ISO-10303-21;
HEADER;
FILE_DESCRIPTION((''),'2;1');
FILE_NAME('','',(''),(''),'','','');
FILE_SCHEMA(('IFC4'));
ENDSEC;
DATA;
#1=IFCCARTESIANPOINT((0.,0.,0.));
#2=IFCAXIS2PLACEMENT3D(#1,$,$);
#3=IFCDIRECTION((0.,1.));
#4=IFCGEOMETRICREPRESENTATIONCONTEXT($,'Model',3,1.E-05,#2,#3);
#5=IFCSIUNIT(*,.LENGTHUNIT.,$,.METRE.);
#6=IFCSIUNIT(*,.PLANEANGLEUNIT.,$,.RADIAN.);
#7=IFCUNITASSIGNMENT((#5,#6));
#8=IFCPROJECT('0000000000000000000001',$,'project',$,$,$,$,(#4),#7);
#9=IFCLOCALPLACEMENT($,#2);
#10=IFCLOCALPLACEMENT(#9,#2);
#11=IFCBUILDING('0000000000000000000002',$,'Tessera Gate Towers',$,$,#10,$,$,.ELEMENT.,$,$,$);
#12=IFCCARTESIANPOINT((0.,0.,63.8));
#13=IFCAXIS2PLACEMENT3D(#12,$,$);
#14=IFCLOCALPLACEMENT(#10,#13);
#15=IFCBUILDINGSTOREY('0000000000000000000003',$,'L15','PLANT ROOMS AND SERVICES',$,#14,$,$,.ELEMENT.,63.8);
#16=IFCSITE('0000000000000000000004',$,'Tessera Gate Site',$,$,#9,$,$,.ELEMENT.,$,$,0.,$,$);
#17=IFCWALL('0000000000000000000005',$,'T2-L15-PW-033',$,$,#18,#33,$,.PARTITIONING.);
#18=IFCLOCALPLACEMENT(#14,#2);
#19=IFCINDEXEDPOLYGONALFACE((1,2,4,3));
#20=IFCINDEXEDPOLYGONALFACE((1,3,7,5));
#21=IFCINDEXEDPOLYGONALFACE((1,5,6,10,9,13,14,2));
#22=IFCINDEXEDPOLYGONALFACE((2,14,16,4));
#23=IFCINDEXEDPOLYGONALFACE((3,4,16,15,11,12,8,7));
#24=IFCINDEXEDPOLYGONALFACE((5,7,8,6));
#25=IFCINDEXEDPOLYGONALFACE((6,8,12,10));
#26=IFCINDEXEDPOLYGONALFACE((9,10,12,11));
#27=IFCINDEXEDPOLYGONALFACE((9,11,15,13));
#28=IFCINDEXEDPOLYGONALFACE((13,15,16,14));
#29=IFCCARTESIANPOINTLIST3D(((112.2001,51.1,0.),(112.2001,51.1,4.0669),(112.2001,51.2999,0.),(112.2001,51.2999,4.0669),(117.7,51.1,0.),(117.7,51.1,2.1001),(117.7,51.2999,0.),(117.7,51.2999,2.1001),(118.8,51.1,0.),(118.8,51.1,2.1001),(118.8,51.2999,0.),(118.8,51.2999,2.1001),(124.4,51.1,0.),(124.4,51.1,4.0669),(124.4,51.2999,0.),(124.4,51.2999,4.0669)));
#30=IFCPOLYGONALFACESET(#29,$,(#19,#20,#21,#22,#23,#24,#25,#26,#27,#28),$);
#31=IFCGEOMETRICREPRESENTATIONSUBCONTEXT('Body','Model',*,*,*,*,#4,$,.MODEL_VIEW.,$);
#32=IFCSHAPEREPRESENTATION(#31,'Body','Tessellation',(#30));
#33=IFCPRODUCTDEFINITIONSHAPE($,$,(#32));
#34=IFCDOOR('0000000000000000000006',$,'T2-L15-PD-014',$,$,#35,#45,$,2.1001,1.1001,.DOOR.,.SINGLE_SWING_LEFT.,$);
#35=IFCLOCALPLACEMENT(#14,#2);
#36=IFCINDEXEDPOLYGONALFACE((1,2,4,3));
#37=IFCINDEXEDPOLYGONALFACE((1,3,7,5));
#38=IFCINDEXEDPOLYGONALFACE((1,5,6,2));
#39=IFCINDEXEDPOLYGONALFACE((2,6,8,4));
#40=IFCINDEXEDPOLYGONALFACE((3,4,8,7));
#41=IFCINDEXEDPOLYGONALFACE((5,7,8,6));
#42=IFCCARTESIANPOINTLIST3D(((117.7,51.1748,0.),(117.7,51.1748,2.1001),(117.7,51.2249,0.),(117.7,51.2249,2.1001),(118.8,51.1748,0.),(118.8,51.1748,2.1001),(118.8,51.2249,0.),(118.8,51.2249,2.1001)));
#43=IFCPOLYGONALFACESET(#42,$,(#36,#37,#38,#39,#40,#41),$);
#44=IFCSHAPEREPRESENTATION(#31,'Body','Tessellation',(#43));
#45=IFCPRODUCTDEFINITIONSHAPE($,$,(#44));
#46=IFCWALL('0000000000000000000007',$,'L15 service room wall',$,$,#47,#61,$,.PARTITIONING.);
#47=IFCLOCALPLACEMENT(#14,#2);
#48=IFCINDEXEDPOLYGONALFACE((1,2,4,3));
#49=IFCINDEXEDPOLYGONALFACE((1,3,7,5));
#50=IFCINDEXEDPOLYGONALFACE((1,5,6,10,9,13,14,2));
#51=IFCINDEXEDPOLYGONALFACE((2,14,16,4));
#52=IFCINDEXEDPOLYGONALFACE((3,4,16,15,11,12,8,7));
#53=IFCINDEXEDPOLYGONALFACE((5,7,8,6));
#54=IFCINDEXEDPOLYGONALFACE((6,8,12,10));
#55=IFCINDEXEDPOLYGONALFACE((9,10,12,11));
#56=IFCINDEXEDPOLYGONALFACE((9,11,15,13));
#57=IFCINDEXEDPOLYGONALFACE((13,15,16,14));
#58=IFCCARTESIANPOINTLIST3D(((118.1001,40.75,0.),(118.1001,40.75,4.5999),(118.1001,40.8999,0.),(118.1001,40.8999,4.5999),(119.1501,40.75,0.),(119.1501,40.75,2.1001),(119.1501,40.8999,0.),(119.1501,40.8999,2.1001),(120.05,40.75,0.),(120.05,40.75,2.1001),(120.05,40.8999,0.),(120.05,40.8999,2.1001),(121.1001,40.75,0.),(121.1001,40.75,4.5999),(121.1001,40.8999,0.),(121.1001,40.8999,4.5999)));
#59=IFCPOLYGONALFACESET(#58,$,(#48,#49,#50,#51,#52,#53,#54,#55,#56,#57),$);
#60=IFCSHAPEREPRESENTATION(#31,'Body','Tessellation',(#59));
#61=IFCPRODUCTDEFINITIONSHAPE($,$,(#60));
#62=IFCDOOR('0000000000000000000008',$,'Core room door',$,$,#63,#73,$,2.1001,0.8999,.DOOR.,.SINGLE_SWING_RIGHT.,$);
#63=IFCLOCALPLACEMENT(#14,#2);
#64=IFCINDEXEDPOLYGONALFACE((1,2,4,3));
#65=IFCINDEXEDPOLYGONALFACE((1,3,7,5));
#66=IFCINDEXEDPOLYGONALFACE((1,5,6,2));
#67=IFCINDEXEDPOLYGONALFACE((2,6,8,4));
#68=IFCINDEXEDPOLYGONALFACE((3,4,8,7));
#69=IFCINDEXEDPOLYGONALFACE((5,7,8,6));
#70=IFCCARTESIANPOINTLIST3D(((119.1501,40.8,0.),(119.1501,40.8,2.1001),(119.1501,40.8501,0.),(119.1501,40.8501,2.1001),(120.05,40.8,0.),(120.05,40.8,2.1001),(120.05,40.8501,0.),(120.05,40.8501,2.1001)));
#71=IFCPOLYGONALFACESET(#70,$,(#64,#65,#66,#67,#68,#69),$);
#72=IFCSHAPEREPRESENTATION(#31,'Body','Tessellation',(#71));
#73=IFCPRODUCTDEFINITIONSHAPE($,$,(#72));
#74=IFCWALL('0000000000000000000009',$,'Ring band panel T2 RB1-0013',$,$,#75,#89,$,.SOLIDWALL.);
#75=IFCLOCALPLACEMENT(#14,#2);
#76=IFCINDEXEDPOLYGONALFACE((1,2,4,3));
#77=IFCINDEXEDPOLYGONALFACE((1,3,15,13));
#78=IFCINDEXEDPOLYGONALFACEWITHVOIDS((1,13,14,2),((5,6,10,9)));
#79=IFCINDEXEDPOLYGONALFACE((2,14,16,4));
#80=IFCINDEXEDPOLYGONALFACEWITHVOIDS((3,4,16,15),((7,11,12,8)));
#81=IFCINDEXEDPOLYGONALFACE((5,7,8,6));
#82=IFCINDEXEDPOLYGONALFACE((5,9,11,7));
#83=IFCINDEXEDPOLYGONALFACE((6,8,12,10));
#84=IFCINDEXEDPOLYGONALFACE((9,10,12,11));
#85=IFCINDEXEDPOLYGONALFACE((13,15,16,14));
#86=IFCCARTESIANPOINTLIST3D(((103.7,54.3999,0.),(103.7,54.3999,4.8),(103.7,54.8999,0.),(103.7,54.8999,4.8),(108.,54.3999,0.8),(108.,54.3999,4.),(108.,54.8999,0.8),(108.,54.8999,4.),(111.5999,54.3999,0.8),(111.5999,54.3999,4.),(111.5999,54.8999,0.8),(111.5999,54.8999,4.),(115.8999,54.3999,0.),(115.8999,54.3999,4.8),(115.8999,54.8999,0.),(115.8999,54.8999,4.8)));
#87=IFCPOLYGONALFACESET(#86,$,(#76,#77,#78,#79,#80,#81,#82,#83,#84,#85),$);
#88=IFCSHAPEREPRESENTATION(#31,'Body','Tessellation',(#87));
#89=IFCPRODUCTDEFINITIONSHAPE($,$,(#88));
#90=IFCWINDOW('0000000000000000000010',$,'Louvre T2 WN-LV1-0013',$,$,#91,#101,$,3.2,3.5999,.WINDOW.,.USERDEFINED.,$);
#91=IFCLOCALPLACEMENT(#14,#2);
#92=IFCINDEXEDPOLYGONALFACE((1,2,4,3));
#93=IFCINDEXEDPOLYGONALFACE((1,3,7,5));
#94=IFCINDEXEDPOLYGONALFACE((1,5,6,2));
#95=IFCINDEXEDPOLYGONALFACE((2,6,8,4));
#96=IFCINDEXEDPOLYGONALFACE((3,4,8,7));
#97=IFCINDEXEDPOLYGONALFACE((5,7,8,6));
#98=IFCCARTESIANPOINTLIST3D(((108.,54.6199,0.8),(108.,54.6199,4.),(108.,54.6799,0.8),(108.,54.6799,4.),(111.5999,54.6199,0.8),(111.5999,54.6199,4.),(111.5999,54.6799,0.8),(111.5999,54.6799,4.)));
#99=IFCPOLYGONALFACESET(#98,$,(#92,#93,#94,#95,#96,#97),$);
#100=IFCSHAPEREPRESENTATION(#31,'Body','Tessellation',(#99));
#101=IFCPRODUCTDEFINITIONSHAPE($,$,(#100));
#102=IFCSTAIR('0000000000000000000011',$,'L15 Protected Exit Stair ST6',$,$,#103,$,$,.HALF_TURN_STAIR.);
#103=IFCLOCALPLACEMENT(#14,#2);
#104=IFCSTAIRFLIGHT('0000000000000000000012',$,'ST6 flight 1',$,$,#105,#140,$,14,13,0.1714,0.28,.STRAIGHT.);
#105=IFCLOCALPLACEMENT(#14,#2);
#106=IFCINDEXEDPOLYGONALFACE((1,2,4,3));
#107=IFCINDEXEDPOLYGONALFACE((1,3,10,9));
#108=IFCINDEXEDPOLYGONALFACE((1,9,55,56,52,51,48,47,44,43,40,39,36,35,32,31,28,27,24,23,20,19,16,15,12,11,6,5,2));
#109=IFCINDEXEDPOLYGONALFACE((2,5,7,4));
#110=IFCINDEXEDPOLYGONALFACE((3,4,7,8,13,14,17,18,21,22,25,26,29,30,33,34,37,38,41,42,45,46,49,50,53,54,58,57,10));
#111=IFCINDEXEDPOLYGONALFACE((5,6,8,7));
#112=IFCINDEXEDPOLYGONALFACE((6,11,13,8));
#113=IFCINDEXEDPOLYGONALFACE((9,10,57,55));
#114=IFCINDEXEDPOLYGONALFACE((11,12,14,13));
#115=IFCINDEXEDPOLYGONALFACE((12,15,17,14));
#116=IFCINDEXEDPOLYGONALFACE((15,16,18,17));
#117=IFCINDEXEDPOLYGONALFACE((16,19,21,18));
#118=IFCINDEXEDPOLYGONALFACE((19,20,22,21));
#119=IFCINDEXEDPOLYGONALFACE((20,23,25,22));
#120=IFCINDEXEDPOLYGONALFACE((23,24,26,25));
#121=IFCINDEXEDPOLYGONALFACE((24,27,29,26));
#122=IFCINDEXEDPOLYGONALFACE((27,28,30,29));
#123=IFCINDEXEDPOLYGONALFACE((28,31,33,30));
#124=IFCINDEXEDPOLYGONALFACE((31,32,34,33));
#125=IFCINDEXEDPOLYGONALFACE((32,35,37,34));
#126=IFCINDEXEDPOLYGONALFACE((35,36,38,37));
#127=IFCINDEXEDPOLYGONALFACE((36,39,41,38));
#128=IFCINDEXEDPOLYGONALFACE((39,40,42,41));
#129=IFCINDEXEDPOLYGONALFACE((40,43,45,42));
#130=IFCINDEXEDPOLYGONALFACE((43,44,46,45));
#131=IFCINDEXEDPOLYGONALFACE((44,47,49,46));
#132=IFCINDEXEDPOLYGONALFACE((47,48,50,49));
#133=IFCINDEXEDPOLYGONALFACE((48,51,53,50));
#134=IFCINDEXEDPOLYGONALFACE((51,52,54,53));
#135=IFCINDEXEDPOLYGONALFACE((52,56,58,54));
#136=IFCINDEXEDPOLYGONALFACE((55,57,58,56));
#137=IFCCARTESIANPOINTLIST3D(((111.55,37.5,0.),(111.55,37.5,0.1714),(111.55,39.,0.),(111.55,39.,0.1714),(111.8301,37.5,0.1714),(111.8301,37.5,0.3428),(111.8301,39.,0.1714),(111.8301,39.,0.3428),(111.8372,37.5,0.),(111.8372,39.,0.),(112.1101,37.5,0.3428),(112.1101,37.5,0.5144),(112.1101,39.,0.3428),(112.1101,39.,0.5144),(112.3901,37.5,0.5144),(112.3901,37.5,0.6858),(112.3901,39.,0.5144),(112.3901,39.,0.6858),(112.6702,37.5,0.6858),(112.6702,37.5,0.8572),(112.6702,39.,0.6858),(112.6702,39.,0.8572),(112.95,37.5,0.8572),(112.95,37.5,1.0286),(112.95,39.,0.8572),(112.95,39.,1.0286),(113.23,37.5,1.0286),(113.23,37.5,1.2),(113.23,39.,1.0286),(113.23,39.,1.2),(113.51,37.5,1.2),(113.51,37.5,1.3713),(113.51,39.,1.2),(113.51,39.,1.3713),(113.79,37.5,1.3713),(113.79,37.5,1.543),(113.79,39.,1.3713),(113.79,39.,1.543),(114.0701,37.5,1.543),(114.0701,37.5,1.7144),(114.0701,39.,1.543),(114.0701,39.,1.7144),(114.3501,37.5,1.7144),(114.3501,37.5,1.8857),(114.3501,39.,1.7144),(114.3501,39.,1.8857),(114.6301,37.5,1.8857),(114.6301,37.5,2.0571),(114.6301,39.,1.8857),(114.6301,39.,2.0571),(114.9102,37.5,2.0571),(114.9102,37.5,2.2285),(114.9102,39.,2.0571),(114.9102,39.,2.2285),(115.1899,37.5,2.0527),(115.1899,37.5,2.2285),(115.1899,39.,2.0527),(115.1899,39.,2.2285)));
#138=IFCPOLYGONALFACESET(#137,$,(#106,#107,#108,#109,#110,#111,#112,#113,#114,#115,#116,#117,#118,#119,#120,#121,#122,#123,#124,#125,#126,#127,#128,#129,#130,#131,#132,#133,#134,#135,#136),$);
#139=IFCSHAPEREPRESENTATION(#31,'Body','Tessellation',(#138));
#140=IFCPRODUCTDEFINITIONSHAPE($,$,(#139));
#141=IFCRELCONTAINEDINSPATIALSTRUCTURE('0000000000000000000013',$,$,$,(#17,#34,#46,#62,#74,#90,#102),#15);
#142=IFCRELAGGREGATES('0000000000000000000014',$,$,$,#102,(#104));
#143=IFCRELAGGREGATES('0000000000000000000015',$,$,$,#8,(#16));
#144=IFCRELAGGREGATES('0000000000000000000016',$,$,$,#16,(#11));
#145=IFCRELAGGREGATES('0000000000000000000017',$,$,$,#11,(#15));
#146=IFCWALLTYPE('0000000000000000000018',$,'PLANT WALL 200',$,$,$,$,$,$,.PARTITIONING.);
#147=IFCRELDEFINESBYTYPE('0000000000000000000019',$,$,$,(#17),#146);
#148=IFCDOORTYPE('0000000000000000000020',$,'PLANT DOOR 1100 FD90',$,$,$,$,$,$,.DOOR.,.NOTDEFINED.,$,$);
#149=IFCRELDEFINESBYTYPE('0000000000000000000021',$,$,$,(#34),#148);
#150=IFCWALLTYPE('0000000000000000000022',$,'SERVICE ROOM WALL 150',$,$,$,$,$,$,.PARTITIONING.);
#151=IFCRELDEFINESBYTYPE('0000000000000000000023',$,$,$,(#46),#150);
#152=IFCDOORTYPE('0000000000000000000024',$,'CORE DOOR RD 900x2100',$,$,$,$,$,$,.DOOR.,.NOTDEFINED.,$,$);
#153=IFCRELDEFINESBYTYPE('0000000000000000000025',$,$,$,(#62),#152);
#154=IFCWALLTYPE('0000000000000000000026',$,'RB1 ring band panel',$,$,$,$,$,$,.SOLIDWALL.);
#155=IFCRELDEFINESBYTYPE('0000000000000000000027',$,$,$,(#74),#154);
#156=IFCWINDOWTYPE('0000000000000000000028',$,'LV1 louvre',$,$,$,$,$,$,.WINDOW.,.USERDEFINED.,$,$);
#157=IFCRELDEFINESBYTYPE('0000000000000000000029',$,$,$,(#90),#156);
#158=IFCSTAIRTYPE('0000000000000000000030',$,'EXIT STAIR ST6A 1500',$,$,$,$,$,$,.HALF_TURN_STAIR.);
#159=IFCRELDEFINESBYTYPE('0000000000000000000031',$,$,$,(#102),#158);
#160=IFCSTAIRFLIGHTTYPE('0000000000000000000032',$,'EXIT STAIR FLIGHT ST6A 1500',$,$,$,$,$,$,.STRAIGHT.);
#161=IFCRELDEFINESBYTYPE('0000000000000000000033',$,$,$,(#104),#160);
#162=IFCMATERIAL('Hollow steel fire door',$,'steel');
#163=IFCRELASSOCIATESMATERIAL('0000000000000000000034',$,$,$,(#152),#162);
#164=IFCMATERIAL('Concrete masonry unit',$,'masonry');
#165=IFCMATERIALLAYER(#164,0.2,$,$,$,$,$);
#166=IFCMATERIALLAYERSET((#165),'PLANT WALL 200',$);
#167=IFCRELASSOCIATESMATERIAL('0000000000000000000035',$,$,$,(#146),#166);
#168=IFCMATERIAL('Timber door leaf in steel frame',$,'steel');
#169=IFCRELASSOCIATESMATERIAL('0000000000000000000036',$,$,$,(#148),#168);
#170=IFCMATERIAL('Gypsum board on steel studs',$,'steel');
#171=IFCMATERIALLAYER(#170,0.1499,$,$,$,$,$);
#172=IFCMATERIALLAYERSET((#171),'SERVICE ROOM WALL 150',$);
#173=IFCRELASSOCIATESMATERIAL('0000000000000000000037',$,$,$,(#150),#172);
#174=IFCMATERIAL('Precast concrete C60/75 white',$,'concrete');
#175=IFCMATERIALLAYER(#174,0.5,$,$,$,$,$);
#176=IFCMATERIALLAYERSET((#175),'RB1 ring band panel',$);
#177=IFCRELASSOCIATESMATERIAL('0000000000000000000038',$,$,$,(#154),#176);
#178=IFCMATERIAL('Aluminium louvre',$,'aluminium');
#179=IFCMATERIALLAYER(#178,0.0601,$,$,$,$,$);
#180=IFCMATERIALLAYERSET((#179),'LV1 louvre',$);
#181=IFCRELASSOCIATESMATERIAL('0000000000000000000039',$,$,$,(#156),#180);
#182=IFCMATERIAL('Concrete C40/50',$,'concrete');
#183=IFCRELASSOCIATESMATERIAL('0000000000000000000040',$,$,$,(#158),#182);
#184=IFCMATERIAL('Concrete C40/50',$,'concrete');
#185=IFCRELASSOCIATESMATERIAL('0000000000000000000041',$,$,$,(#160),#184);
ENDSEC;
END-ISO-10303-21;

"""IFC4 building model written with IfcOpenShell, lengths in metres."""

from ifc_helpers import new_model, si_unit, direction, frame, frame_2d, origin, place, context, subcontext, project, spatial, polyline, rectangle, outline, extrude, source, transform, mapped, material, layer, layer_set, type_object, element, fill, aggregate, save


model = new_model("IFC4")

# Units and contexts
model_context = context("Model", 3, precision=1e-05, world=origin(), true_north=direction((0.0, 1.0)))
body_context = subcontext(model_context, "Body", "Model", "MODEL_VIEW")
ifc_project = project(units=[si_unit("LENGTHUNIT", "METRE"), si_unit("PLANEANGLEUNIT", "RADIAN")], contexts=[model_context])

# Site, building, storey
site_placement = place(None, origin())
site = spatial("IfcSite", under=ifc_project, at=site_placement, Name="Tessera Gate Site", CompositionType="ELEMENT", RefElevation=0.0)
building_placement = place(site_placement, origin())
building = spatial("IfcBuilding", under=site, at=building_placement, Name="Tessera Gate Towers", CompositionType="ELEMENT")
storey_placement = place(building_placement, frame((0.0, 0.0, 63.8)))
storey = spatial("IfcBuildingStorey", under=building, at=storey_placement, Name="L15", Description="PLANT ROOMS AND SERVICES", CompositionType="ELEMENT", Elevation=63.8)

# Shared definitions
shared_shape_1 = source(origin(), body_context, "Body", "SweptSolid", [
    extrude(rectangle(XDim=1.1001, YDim=2.1001, at=frame_2d((0.55, 1.05))), frame((0.0, 0.0249, 0.0), z_axis=(0.0, -1.0, 0.0), x_axis=(1.0, 0.0, 0.0)), (0.0, 0.0, 1.0), 0.05),
])

# Shared definitions
ifc_material_1 = material(Name="Hollow steel fire door", Category="steel")
door_type_1 = type_object("IfcDoorType", Name="CORE DOOR RD 900x2100", OperationType="NOTDEFINED", PredefinedType="DOOR", material=ifc_material_1)
shared_shape_2 = source(origin(), body_context, "Body", "SweptSolid", [
    extrude(rectangle(XDim=0.8999, YDim=2.1001, at=frame_2d((0.45, 1.05))), frame((0.0, 0.0249, 0.0), z_axis=(0.0, -1.0, 0.0), x_axis=(1.0, 0.0, 0.0)), (0.0, 0.0, 1.0), 0.05),
])

# Walls, openings, doors
ifc_material_2 = material(Name="Concrete masonry unit", Category="masonry")
ifc_layer_1 = layer(ifc_material_2, 0.2)
ifc_layer_set_1 = layer_set([ifc_layer_1], Name="PLANT WALL 200")
wall_type_1 = type_object("IfcWallType", Name="PLANT WALL 200", PredefinedType="PARTITIONING", material=ifc_layer_set_1)
wall_1_placement = place(storey_placement, frame((112.2, 51.2, 0.0), z_axis=(0.0, 0.0, 1.0), x_axis=(1.0, 0.0, 0.0)))
wall_1 = element("IfcWall", 1, at=wall_1_placement, inside=storey, type_object=wall_type_1, Name="T2-L15-PW-033", PredefinedType="PARTITIONING", context=body_context, shape_type="SweptSolid", body=[
    extrude(rectangle(XDim=12.2, YDim=0.2, at=frame_2d((6.1001, 0.0))), origin(), (0.0, 0.0, 1.0), 4.0669),
])
shared_shape_3 = source(origin(), body_context, "Body", "SweptSolid", [
    extrude(rectangle(XDim=1.1001, YDim=2.1001, at=frame_2d((0.55, 1.05))), frame((0.0, 0.1099, 0.0), z_axis=(0.0, -1.0, 0.0), x_axis=(1.0, 0.0, 0.0)), (0.0, 0.0, 1.0), 0.22),
])
opening_1_placement = place(wall_1_placement, frame((5.5, 0.0, 0.0)))
opening_1 = element("IfcOpeningElement", 2, at=opening_1_placement, cuts=wall_1, PredefinedType="OPENING", context=body_context, shape_type="MappedRepresentation", body=[
    mapped(shared_shape_3, transform((0.0, 0.0, 0.0), scale=1.0)),
])
ifc_material_3 = material(Name="Timber door leaf in steel frame", Category="steel")
door_type_2 = type_object("IfcDoorType", Name="PLANT DOOR 1100 FD90", OperationType="NOTDEFINED", PredefinedType="DOOR", material=ifc_material_3)
door_1_placement = place(opening_1_placement, origin())
door_1 = element("IfcDoor", 3, at=door_1_placement, inside=storey, type_object=door_type_2, Name="T2-L15-PD-014", OperationType="SINGLE_SWING_LEFT", OverallHeight=2.1001, OverallWidth=1.1001, PredefinedType="DOOR", context=body_context, shape_type="MappedRepresentation", body=[
    mapped(shared_shape_1, transform((0.0, 0.0, 0.0), scale=1.0)),
])
fill(opening_1, door_1)
ifc_material_4 = material(Name="Gypsum board on steel studs", Category="steel")
ifc_layer_2 = layer(ifc_material_4, 0.1499)
ifc_layer_set_2 = layer_set([ifc_layer_2], Name="SERVICE ROOM WALL 150")
wall_type_2 = type_object("IfcWallType", Name="SERVICE ROOM WALL 150", PredefinedType="PARTITIONING", material=ifc_layer_set_2)
wall_2_placement = place(storey_placement, frame((121.1001, 40.825, 0.0), z_axis=(0.0, 0.0, 1.0), x_axis=(-1.0, 0.0, 0.0)))
wall_2 = element("IfcWall", 4, at=wall_2_placement, inside=storey, type_object=wall_type_2, Name="L15 service room wall", PredefinedType="PARTITIONING", context=body_context, shape_type="SweptSolid", body=[
    extrude(rectangle(XDim=3.0, YDim=0.1499, at=frame_2d((1.5, 0.0))), origin(), (0.0, 0.0, 1.0), 4.5999),
])
shared_shape_4 = source(origin(), body_context, "Body", "SweptSolid", [
    extrude(rectangle(XDim=0.8999, YDim=2.1001, at=frame_2d((0.45, 1.05))), frame((0.0, 0.085, 0.0), z_axis=(0.0, -1.0, 0.0), x_axis=(1.0, 0.0, 0.0)), (0.0, 0.0, 1.0), 0.1699),
])
opening_2_placement = place(wall_2_placement, frame((1.05, 0.0, 0.0)))
opening_2 = element("IfcOpeningElement", 5, at=opening_2_placement, cuts=wall_2, PredefinedType="OPENING", context=body_context, shape_type="MappedRepresentation", body=[
    mapped(shared_shape_4, transform((0.0, 0.0, 0.0), scale=1.0)),
])
door_2_placement = place(opening_2_placement, origin())
door_2 = element("IfcDoor", 6, at=door_2_placement, inside=storey, type_object=door_type_1, Name="Core room door", OperationType="SINGLE_SWING_RIGHT", OverallHeight=2.1001, OverallWidth=0.8999, PredefinedType="DOOR", context=body_context, shape_type="MappedRepresentation", body=[
    mapped(shared_shape_2, transform((0.0, 0.0, 0.0), scale=1.0)),
])
fill(opening_2, door_2)

# Wall, opening, window
ifc_material_5 = material(Name="Precast concrete C60/75 white", Category="concrete")
ifc_layer_3 = layer(ifc_material_5, 0.5)
ifc_layer_set_3 = layer_set([ifc_layer_3], Name="RB1 ring band panel")
wall_type_3 = type_object("IfcWallType", Name="RB1 ring band panel", PredefinedType="SOLIDWALL", material=ifc_layer_set_3)
shared_shape_5 = source(origin(), body_context, "Body", "SweptSolid", [
    extrude(outline(polyline([(0.0, 0.0), (12.2, 0.0), (12.2, 4.8), (0.0, 4.8), (0.0, 0.0)])), frame((0.0, 0.25, 0.0), z_axis=(0.0, -1.0, 0.0), x_axis=(1.0, 0.0, 0.0)), (0.0, 0.0, 1.0), 0.5),
])
wall_3_placement = place(storey_placement, frame((115.8999, 54.6499, 0.0), z_axis=(0.0, 0.0, 1.0), x_axis=(-1.0, 0.0, 0.0)))
wall_3 = element("IfcWall", 7, at=wall_3_placement, inside=storey, type_object=wall_type_3, Name="Ring band panel T2 RB1-0013", PredefinedType="SOLIDWALL", context=body_context, shape_type="MappedRepresentation", body=[
    mapped(shared_shape_5, transform((0.0, 0.0, 0.0), scale=1.0)),
])
shared_shape_6 = source(origin(), body_context, "Body", "SweptSolid", [
    extrude(outline(polyline([(4.3, 0.8), (7.8999, 0.8), (7.8999, 4.0), (4.3, 4.0), (4.3, 0.8)])), frame((0.0, 0.26, 0.0), z_axis=(0.0, -1.0, 0.0), x_axis=(1.0, 0.0, 0.0)), (0.0, 0.0, 1.0), 0.52),
])
opening_3_placement = place(wall_3_placement, origin())
opening_3 = element("IfcOpeningElement", 8, at=opening_3_placement, cuts=wall_3, PredefinedType="OPENING", context=body_context, shape_type="MappedRepresentation", body=[
    mapped(shared_shape_6, transform((0.0, 0.0, 0.0), scale=1.0)),
])
ifc_material_6 = material(Name="Aluminium louvre", Category="aluminium")
ifc_layer_4 = layer(ifc_material_6, 0.0601)
ifc_layer_set_4 = layer_set([ifc_layer_4], Name="LV1 louvre")
window_type = type_object("IfcWindowType", Name="LV1 louvre", PartitioningType="USERDEFINED", PredefinedType="WINDOW", material=ifc_layer_set_4)
shared_shape_7 = source(origin(), body_context, "Body", "SweptSolid", [
    extrude(outline(polyline([(4.3, 0.8), (7.8999, 0.8), (7.8999, 4.0), (4.3, 4.0), (4.3, 0.8)])), frame((0.0, 0.03, 0.0), z_axis=(0.0, -1.0, 0.0), x_axis=(1.0, 0.0, 0.0)), (0.0, 0.0, 1.0), 0.0601),
])
window_placement = place(opening_3_placement, origin())
window = element("IfcWindow", 9, at=window_placement, inside=storey, type_object=window_type, Name="Louvre T2 WN-LV1-0013", OverallHeight=3.2, OverallWidth=3.5999, PartitioningType="USERDEFINED", PredefinedType="WINDOW", context=body_context, shape_type="MappedRepresentation", body=[
    mapped(shared_shape_7, transform((0.0, 0.0, 0.0), scale=1.0)),
])
fill(opening_3, window)

# Stair, stair flight
ifc_material_7 = material(Name="Concrete C40/50", Category="concrete")
stair_type = type_object("IfcStairType", Name="EXIT STAIR ST6A 1500", PredefinedType="HALF_TURN_STAIR", material=ifc_material_7)
stair_placement = place(storey_placement, origin())
stair = element("IfcStair", 10, at=stair_placement, inside=storey, type_object=stair_type, Name="L15 Protected Exit Stair ST6", PredefinedType="HALF_TURN_STAIR")
ifc_material_8 = material(Name="Concrete C40/50", Category="concrete")
stair_flight_type = type_object("IfcStairFlightType", Name="EXIT STAIR FLIGHT ST6A 1500", PredefinedType="STRAIGHT", material=ifc_material_8)
stair_flight_1_placement = place(storey_placement, frame((111.55, 38.25, 0.0), z_axis=(0.0, 0.0, 1.0), x_axis=(1.0, 0.0, 0.0)))
stair_flight_1 = element("IfcStairFlight", 11, at=stair_flight_1_placement, type_object=stair_flight_type, Name="ST6 flight 1", NumberOfRisers=14, NumberOfTreads=13, PredefinedType="STRAIGHT", RiserHeight=0.1714, TreadLength=0.28, context=body_context, shape_type="SweptSolid", body=[
    extrude(outline(polyline([(0.0, 0.0), (0.0, 0.1714), (0.28, 0.1714), (0.28, 0.3428), (0.5601, 0.3428), (0.5601, 0.5144), (0.8401, 0.5144), (0.8401, 0.6858), (1.1201, 0.6858), (1.1201, 0.8572), (1.3999, 0.8572), (1.3999, 1.0286), (1.6799, 1.0286), (1.6799, 1.2), (1.96, 1.2), (1.96, 1.3713), (2.24, 1.3713), (2.24, 1.543), (2.52, 1.543), (2.52, 1.7144), (2.8, 1.7144), (2.8, 1.8857), (3.0801, 1.8857), (3.0801, 2.0571), (3.3601, 2.0571), (3.3601, 2.2285), (3.6399, 2.2285), (3.6399, 2.3999), (3.6399, 2.0527), (0.2871, 0.0), (0.0, 0.0)])), frame((0.0, 0.75, 0.0), z_axis=(0.0, -1.0, 0.0), x_axis=(1.0, 0.0, 0.0)), (0.0, 0.0, 1.0), 1.5),
])
aggregate(stair, [stair_flight_1])

save(model, "model.ifc")
